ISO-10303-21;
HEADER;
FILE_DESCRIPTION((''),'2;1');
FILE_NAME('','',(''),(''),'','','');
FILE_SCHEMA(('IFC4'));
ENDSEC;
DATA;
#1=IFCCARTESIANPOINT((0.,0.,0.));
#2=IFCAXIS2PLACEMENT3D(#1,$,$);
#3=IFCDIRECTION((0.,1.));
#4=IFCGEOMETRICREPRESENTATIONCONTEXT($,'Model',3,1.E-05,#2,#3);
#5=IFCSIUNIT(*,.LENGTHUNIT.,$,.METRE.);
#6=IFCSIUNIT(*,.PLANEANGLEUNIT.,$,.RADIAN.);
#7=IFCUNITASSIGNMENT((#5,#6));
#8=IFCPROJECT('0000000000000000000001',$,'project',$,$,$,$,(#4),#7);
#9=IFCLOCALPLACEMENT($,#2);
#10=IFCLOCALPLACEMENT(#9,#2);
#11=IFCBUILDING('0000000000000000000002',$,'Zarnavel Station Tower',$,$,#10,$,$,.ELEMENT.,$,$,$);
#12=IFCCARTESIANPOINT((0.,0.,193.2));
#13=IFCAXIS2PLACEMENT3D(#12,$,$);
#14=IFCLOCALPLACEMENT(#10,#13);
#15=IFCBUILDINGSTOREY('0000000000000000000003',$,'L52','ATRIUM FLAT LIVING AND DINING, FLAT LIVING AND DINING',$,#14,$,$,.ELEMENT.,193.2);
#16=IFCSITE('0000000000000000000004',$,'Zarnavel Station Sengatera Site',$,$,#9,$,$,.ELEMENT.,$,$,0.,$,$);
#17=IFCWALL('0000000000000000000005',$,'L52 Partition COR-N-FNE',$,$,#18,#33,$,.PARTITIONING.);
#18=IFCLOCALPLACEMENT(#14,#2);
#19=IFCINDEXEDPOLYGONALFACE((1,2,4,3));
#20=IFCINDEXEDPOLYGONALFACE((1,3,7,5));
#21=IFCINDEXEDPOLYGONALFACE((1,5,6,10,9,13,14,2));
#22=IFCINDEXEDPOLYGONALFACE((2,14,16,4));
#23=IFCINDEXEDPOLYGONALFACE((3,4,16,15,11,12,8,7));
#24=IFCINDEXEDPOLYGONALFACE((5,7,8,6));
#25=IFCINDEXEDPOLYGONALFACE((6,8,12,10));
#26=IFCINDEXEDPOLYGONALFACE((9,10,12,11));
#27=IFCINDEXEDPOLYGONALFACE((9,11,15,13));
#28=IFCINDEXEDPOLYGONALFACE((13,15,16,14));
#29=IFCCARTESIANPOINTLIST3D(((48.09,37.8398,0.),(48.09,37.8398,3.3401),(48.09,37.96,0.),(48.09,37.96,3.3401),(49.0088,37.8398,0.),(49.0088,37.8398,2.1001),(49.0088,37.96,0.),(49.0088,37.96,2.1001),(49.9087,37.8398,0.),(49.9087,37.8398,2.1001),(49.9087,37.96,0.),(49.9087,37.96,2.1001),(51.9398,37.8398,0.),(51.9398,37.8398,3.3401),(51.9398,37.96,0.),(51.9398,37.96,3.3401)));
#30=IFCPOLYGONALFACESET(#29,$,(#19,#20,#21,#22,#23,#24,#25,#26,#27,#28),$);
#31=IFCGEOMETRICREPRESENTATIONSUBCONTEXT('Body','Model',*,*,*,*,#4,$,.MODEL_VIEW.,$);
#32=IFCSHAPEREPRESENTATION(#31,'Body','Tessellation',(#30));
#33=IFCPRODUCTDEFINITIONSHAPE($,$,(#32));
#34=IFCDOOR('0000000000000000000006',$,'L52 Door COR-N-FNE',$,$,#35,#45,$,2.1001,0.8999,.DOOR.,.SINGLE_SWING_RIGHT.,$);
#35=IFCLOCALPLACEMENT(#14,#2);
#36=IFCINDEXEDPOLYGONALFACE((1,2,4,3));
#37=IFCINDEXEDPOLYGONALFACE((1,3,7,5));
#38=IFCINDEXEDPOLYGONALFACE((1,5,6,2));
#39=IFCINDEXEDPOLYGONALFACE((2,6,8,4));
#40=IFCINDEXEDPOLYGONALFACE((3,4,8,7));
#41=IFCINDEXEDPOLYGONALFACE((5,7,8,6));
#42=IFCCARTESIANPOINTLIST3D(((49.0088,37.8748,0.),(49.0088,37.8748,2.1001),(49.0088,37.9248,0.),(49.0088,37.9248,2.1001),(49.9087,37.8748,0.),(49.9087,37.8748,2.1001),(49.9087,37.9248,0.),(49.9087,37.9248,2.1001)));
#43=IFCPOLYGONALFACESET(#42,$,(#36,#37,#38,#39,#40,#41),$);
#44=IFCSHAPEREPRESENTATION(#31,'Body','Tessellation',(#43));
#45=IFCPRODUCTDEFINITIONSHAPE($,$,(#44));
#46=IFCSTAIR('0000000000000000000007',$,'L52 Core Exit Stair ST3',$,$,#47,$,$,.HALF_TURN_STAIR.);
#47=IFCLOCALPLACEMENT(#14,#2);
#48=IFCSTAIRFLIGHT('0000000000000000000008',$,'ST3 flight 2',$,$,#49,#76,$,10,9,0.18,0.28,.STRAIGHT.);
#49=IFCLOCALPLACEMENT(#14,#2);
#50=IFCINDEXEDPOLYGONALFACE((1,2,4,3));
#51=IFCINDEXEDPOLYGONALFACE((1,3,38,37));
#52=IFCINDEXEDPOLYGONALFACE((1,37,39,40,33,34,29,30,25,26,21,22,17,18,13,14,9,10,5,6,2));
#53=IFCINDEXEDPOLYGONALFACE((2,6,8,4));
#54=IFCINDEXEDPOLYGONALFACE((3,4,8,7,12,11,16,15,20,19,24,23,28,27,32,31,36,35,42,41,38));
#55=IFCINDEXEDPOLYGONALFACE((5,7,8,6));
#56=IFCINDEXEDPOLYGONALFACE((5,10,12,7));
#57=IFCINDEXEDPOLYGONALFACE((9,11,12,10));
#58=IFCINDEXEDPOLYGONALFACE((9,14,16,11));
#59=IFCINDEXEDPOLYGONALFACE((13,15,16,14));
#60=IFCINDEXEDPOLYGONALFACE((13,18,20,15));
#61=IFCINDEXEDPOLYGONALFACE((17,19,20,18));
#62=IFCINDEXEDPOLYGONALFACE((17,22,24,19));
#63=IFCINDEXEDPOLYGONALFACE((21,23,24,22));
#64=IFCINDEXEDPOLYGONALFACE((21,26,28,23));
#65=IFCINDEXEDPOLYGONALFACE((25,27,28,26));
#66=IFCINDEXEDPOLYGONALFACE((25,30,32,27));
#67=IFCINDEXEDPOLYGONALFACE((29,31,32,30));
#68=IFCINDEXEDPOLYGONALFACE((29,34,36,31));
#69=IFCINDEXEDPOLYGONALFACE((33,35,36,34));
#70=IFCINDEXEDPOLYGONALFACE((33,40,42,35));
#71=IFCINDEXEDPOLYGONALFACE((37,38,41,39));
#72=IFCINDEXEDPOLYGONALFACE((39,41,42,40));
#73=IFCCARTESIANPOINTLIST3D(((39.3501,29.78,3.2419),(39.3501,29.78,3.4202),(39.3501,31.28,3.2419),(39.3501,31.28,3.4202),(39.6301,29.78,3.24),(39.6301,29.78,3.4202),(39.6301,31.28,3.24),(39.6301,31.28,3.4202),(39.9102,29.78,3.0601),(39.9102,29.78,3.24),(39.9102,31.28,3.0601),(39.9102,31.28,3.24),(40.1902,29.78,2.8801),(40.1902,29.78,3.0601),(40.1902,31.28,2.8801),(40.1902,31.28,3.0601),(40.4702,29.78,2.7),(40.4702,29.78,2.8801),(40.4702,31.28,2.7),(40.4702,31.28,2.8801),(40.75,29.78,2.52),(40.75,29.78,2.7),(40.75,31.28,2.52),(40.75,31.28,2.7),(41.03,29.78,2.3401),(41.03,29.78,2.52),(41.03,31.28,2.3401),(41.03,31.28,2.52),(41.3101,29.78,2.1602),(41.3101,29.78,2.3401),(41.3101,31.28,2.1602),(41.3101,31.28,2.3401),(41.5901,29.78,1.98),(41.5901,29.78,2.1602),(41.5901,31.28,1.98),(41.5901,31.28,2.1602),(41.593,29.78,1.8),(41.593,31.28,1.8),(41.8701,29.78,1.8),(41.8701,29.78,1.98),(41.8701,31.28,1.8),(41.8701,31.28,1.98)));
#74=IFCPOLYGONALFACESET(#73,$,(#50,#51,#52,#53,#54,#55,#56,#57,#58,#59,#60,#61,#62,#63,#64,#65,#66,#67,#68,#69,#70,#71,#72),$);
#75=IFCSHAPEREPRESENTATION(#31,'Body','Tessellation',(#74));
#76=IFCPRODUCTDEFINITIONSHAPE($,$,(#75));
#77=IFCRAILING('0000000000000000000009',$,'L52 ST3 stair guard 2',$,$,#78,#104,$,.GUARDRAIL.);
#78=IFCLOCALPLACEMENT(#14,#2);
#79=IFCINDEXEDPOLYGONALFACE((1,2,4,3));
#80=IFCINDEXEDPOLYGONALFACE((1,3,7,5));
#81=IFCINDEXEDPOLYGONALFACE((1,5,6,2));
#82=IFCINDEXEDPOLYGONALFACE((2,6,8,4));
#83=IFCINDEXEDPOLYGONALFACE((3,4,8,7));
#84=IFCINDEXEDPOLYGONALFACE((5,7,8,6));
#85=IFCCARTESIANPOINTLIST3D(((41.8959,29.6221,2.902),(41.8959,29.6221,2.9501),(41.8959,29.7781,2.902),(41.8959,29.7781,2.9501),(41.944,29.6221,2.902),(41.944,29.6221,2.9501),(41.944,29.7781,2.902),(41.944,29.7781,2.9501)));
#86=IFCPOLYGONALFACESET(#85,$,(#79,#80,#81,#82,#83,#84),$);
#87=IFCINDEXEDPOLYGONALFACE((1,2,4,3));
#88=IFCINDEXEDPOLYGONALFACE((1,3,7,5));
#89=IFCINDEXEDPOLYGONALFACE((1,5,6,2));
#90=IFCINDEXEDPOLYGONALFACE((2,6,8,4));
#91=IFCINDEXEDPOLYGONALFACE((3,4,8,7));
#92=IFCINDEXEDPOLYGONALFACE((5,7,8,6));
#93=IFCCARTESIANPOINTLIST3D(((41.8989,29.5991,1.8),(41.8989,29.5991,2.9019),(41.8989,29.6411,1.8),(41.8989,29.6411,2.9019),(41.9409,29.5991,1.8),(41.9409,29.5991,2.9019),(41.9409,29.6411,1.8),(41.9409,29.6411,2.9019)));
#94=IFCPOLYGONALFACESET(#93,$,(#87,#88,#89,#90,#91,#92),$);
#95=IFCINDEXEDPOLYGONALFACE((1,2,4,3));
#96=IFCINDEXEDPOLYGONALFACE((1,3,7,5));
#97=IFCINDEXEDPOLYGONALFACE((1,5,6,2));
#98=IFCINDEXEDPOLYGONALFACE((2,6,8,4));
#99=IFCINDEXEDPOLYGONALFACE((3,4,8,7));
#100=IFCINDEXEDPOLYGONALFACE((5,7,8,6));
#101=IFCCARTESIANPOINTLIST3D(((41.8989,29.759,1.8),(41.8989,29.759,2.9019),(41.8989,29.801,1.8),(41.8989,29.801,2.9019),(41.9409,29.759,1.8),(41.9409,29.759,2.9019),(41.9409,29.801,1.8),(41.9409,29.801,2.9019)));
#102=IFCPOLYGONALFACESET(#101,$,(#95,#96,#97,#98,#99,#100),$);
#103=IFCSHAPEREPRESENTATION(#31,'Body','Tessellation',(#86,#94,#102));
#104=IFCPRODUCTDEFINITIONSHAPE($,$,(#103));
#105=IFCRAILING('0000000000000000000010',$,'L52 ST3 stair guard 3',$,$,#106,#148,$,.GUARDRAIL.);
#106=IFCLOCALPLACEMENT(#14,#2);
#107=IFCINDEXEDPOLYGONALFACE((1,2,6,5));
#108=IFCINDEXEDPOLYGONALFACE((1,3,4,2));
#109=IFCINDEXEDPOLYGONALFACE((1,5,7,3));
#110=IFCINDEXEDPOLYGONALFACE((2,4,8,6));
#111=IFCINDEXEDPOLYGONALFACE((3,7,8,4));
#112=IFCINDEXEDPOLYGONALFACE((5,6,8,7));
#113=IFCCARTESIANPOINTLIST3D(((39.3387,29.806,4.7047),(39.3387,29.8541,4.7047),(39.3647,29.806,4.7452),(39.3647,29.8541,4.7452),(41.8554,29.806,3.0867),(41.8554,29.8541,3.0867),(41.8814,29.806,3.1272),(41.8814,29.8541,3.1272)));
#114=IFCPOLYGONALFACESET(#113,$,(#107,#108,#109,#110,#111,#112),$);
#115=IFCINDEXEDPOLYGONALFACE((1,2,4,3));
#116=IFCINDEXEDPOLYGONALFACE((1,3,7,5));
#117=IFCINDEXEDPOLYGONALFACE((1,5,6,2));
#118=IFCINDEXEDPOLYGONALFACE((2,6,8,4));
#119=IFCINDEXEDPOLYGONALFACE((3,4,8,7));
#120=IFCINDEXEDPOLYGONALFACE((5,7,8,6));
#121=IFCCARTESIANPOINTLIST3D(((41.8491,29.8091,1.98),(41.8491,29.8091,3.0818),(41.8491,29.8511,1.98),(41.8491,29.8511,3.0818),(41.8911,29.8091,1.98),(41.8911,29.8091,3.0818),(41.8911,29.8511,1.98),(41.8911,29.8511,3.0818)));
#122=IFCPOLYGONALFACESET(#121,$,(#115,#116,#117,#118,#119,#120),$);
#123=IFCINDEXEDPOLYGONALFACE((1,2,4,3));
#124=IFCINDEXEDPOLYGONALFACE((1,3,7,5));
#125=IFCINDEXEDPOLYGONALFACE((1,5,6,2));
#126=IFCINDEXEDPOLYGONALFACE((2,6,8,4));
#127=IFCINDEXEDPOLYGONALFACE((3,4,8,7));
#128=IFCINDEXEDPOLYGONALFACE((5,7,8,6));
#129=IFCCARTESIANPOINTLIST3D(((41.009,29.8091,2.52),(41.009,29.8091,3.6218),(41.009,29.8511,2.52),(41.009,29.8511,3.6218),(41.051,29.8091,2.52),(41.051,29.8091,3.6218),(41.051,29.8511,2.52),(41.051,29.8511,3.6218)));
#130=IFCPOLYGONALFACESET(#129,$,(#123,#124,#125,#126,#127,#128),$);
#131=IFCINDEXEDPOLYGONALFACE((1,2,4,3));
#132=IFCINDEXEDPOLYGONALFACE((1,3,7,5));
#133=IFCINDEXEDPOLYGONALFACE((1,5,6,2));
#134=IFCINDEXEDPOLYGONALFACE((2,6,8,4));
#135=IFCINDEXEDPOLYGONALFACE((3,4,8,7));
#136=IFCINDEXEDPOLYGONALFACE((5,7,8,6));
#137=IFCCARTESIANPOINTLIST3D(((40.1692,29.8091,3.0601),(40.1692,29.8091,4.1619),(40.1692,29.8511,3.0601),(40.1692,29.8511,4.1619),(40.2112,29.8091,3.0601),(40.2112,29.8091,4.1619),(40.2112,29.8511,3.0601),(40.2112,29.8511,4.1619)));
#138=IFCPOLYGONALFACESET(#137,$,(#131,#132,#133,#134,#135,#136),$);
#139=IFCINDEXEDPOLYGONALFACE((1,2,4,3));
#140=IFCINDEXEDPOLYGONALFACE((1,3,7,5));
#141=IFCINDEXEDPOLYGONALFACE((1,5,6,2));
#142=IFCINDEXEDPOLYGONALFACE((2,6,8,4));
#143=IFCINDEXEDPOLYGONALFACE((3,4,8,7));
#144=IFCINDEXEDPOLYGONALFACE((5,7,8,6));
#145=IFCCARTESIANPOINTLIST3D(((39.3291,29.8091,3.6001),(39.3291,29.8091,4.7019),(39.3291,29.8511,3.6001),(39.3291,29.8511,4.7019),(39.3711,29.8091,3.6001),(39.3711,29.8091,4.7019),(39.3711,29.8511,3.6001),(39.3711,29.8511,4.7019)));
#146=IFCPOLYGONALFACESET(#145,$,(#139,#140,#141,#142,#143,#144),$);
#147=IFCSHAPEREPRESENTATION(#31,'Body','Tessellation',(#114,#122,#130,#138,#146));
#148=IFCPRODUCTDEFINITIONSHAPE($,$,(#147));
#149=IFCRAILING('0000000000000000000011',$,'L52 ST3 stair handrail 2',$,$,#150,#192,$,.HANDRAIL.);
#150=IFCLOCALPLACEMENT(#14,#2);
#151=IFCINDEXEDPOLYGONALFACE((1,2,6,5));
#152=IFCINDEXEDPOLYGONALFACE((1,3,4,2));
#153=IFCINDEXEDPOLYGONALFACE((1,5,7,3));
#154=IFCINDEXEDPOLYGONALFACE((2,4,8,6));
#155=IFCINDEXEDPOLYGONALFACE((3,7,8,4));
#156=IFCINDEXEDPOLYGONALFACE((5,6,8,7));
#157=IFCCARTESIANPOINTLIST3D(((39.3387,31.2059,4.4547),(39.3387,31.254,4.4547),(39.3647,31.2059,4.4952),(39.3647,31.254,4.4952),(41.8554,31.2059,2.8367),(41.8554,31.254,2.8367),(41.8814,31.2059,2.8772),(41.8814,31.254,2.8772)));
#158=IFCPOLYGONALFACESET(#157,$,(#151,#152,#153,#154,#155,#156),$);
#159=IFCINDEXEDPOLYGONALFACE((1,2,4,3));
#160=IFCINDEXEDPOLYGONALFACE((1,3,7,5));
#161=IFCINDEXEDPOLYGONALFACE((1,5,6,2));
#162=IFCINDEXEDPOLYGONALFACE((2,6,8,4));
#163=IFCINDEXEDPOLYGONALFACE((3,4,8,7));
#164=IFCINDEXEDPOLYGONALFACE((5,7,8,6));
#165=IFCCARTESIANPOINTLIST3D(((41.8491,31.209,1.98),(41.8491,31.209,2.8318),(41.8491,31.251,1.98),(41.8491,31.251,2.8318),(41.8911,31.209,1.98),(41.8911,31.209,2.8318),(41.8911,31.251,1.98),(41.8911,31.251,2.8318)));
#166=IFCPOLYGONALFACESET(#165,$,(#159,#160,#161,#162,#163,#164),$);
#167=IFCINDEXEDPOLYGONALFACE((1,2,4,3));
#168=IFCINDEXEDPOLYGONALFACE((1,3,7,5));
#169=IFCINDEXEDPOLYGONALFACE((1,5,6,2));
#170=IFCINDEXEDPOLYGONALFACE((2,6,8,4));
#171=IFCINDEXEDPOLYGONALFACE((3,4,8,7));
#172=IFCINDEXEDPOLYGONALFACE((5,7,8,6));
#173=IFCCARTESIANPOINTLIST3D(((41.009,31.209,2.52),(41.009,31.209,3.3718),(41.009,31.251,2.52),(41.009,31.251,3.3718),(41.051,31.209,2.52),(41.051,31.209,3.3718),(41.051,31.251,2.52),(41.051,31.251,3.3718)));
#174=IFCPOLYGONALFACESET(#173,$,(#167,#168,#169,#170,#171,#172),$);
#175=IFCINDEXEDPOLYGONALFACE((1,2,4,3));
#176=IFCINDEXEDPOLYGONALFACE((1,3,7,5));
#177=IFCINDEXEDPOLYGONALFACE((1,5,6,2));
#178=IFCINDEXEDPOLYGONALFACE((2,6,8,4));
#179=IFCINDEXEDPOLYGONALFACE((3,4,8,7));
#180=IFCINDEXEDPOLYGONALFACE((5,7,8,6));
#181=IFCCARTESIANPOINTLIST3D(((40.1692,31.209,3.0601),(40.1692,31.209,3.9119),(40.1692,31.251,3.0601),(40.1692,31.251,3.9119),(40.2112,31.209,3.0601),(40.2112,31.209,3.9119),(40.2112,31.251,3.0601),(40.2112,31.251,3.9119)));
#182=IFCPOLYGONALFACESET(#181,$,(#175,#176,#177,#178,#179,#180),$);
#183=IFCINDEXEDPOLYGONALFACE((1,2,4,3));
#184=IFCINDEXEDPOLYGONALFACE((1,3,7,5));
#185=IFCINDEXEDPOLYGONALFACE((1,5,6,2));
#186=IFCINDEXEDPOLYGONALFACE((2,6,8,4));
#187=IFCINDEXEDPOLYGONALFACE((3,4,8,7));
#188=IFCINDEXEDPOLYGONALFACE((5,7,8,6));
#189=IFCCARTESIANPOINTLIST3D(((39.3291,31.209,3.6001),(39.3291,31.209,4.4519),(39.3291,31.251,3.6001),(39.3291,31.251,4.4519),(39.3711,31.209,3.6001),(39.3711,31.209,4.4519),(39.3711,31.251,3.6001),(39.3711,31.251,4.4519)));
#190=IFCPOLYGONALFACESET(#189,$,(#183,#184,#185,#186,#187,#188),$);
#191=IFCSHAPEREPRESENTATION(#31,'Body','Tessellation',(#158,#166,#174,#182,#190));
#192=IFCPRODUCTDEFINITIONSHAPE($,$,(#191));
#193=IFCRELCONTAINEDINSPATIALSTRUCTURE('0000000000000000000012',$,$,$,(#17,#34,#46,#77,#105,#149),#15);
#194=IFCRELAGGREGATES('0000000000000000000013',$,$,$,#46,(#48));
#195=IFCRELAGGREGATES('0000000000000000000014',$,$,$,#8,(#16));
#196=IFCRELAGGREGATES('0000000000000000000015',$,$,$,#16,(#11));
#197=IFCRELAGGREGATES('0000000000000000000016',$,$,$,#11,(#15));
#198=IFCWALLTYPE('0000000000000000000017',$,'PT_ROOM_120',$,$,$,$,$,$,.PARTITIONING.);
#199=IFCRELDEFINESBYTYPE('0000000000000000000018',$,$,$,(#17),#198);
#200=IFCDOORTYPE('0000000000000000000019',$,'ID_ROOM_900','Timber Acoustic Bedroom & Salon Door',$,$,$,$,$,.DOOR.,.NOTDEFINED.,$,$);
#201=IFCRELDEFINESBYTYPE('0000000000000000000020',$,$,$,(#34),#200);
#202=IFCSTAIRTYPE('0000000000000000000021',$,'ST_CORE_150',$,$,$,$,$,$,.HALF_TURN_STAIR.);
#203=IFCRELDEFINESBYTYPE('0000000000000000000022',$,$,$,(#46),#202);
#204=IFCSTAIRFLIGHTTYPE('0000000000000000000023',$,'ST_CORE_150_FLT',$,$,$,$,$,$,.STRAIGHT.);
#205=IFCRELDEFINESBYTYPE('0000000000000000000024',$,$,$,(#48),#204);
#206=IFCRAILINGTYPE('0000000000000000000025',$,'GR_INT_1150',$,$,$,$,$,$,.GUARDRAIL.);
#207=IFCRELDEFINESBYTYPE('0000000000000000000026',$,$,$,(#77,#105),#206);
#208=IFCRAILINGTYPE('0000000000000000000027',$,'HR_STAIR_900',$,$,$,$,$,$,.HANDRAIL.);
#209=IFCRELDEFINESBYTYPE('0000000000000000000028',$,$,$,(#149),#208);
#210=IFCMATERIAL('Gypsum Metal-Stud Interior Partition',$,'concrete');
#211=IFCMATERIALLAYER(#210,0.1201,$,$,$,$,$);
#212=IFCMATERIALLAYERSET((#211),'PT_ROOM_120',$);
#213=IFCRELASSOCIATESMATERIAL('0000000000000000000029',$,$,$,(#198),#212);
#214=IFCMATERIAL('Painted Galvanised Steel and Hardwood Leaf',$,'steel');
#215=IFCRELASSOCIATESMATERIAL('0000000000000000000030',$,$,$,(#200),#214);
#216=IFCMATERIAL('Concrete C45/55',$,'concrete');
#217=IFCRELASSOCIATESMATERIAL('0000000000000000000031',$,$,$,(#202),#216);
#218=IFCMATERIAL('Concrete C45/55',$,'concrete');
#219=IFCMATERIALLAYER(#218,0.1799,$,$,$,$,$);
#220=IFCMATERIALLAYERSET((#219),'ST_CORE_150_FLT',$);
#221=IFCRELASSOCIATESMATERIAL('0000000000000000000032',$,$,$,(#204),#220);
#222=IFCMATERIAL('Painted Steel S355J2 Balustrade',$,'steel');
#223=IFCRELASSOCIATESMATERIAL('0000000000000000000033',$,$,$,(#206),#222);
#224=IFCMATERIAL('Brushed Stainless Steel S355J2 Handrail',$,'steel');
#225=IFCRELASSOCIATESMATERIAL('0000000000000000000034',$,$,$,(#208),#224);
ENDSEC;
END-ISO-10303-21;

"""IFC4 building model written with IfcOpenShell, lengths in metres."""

from ifc_helpers import new_model, si_unit, direction, frame, frame_2d, origin, origin_2d, place, context, subcontext, project, spatial, polyline, rectangle, outline, extrude, material, layer, layer_set, type_object, element, fill, aggregate, save


model = new_model("IFC4")

# Units and contexts
model_context = context("Model", 3, precision=1e-05, world=origin(), true_north=direction((0.0, 1.0)))
body_context = subcontext(model_context, "Body", "Model", "MODEL_VIEW")
ifc_project = project(units=[si_unit("LENGTHUNIT", "METRE"), si_unit("PLANEANGLEUNIT", "RADIAN")], contexts=[model_context])

# Site, building, storey
site_placement = place(None, origin())
site = spatial("IfcSite", under=ifc_project, at=site_placement, Name="Zarnavel Station Sengatera Site", CompositionType="ELEMENT", RefElevation=0.0)
building_placement = place(site_placement, origin())
building = spatial("IfcBuilding", under=site, at=building_placement, Name="Zarnavel Station Tower", CompositionType="ELEMENT")
storey_placement = place(building_placement, frame((0.0, 0.0, 193.2)))
storey = spatial("IfcBuildingStorey", under=building, at=storey_placement, Name="L52", Description="ATRIUM FLAT LIVING AND DINING, FLAT LIVING AND DINING", CompositionType="ELEMENT", Elevation=193.2)

# Wall, opening, door
ifc_material_1 = material(Name="Gypsum Metal-Stud Interior Partition", Category="concrete")
ifc_layer_1 = layer(ifc_material_1, 0.1201)
ifc_layer_set_1 = layer_set([ifc_layer_1], Name="PT_ROOM_120")
wall_type_1 = type_object("IfcWallType", Name="PT_ROOM_120", PredefinedType="PARTITIONING", material=ifc_layer_set_1)
wall_1_placement = place(storey_placement, frame((48.0901, 37.8999, 0.0), z_axis=(0.0, 0.0, 1.0), x_axis=(1.0, 0.0, 0.0)))
wall_1 = element("IfcWall", 1, at=wall_1_placement, inside=storey, type_object=wall_type_1, Name="L52 Partition COR-N-FNE", PredefinedType="PARTITIONING", context=body_context, shape_type="SweptSolid", body=[
    extrude(rectangle(XDim=3.8499, YDim=0.1201, at=frame_2d((1.9248, 0.0))), origin(), (0.0, 0.0, 1.0), 3.3401),
])
opening_1_placement = place(wall_1_placement, frame((0.9187, 0.0, 0.0)))
opening_1 = element("IfcOpeningElement", 2, at=opening_1_placement, cuts=wall_1, PredefinedType="OPENING", context=body_context, shape_type="SweptSolid", body=[
    extrude(rectangle(XDim=0.8999, YDim=2.1001, at=frame_2d((0.45, 1.05))), frame((0.0, 0.0701, 0.0), z_axis=(0.0, -1.0, 0.0), x_axis=(1.0, 0.0, 0.0)), (0.0, 0.0, 1.0), 0.1401),
])
ifc_material_2 = material(Name="Painted Galvanised Steel and Hardwood Leaf", Category="steel")
door_type_1 = type_object("IfcDoorType", Name="ID_ROOM_900", Description="Timber Acoustic Bedroom & Salon Door", OperationType="NOTDEFINED", PredefinedType="DOOR", material=ifc_material_2)
door_1_placement = place(opening_1_placement, origin())
door_1 = element("IfcDoor", 3, at=door_1_placement, inside=storey, type_object=door_type_1, Name="L52 Door COR-N-FNE", OperationType="SINGLE_SWING_RIGHT", OverallHeight=2.1001, OverallWidth=0.8999, PredefinedType="DOOR", context=body_context, shape_type="SweptSolid", body=[
    extrude(rectangle(XDim=0.8999, YDim=2.1001, at=frame_2d((0.45, 1.05))), frame((0.0, 0.0249, 0.0), z_axis=(0.0, -1.0, 0.0), x_axis=(1.0, 0.0, 0.0)), (0.0, 0.0, 1.0), 0.05),
])
fill(opening_1, door_1)

# Stair, stair flight
ifc_material_3 = material(Name="Concrete C45/55", Category="concrete")
stair_type = type_object("IfcStairType", Name="ST_CORE_150", PredefinedType="HALF_TURN_STAIR", material=ifc_material_3)
stair_placement = place(storey_placement, origin())
stair = element("IfcStair", 4, at=stair_placement, inside=storey, type_object=stair_type, Name="L52 Core Exit Stair ST3", PredefinedType="HALF_TURN_STAIR")
ifc_material_4 = material(Name="Concrete C45/55", Category="concrete")
ifc_layer_2 = layer(ifc_material_4, 0.1799)
ifc_layer_set_2 = layer_set([ifc_layer_2], Name="ST_CORE_150_FLT")
stair_flight_type = type_object("IfcStairFlightType", Name="ST_CORE_150_FLT", PredefinedType="STRAIGHT", material=ifc_layer_set_2)
stair_flight_placement = place(storey_placement, frame((41.8701, 30.53, 1.8), z_axis=(0.0, 0.0, 1.0), x_axis=(-1.0, 0.0, 0.0)))
stair_flight = element("IfcStairFlight", 5, at=stair_flight_placement, type_object=stair_flight_type, Name="ST3 flight 2", NumberOfRisers=10, NumberOfTreads=9, PredefinedType="STRAIGHT", RiserHeight=0.18, TreadLength=0.28, context=body_context, shape_type="SweptSolid", body=[
    extrude(outline(polyline([(0.0, 0.0), (0.0, 0.1799), (0.28, 0.1799), (0.28, 0.3601), (0.5601, 0.3601), (0.5601, 0.54), (0.8401, 0.54), (0.8401, 0.72), (1.1201, 0.72), (1.1201, 0.8999), (1.3999, 0.8999), (1.3999, 1.0801), (1.6799, 1.0801), (1.6799, 1.26), (1.96, 1.26), (1.96, 1.4399), (2.24, 1.4399), (2.24, 1.6201), (2.52, 1.6201), (2.52, 1.8), (2.52, 1.4419), (0.2771, 0.0), (0.0, 0.0)])), frame((0.0, 0.75, 0.0), z_axis=(0.0, -1.0, 0.0), x_axis=(1.0, 0.0, 0.0)), (0.0, 0.0, 1.0), 1.5),
])
aggregate(stair, [stair_flight])

# Railings
ifc_material_5 = material(Name="Painted Steel S355J2 Balustrade", Category="steel")
railing_type_1 = type_object("IfcRailingType", Name="GR_INT_1150", PredefinedType="GUARDRAIL", material=ifc_material_5)
railing_1_placement = place(storey_placement, frame((41.9199, 29.6201, 1.8)))
element("IfcRailing", 6, at=railing_1_placement, inside=storey, type_object=railing_type_1, Name="L52 ST3 stair guard 2", PredefinedType="GUARDRAIL", context=body_context, shape_type="SweptSolid", body=[
    extrude(rectangle(XDim=0.0481, YDim=0.0481, at=origin_2d()), frame((0.0, 0.002, 1.126), z_axis=(0.0, 1.0, 0.0), x_axis=(-1.0, 0.0, 0.0)), (0.0, 0.0, 1.0), 0.156),
    extrude(rectangle(XDim=0.042, YDim=0.042, at=origin_2d()), origin(), (0.0, 0.0, 1.0), 1.1018),
    extrude(rectangle(XDim=0.042, YDim=0.042, at=origin_2d()), frame((0.0, 0.1599, 0.0)), (0.0, 0.0, 1.0), 1.1018),
])
railing_2_placement = place(storey_placement, frame((41.8701, 29.8301, 1.98)))
element("IfcRailing", 7, at=railing_2_placement, inside=storey, type_object=railing_type_1, Name="L52 ST3 stair guard 3", PredefinedType="GUARDRAIL", context=body_context, shape_type="SweptSolid", body=[
    extrude(rectangle(XDim=0.0481, YDim=0.0481, at=origin_2d()), frame((-0.0017, 0.0, 1.127), z_axis=(-0.841163, 0.0, 0.540782), x_axis=(0.0, -1.0, 0.0)), (0.0, 0.0, 1.0), 2.9919),
    extrude(rectangle(XDim=0.042, YDim=0.042, at=origin_2d()), origin(), (0.0, 0.0, 1.0), 1.1018),
    extrude(rectangle(XDim=0.042, YDim=0.042, at=origin_2d()), frame((-0.8401, 0.0, 0.54)), (0.0, 0.0, 1.0), 1.1018),
    extrude(rectangle(XDim=0.042, YDim=0.042, at=origin_2d()), frame((-1.6799, 0.0, 1.0801)), (0.0, 0.0, 1.0), 1.1018),
    extrude(rectangle(XDim=0.042, YDim=0.042, at=origin_2d()), frame((-2.52, 0.0, 1.6201)), (0.0, 0.0, 1.0), 1.1018),
])
ifc_material_6 = material(Name="Brushed Stainless Steel S355J2 Handrail", Category="steel")
railing_type_2 = type_object("IfcRailingType", Name="HR_STAIR_900", PredefinedType="HANDRAIL", material=ifc_material_6)
railing_3_placement = place(storey_placement, frame((41.8701, 31.23, 1.98)))
element("IfcRailing", 8, at=railing_3_placement, inside=storey, type_object=railing_type_2, Name="L52 ST3 stair handrail 2", PredefinedType="HANDRAIL", context=body_context, shape_type="SweptSolid", body=[
    extrude(rectangle(XDim=0.0481, YDim=0.0481, at=origin_2d()), frame((-0.0017, 0.0, 0.877), z_axis=(-0.841163, 0.0, 0.540782), x_axis=(0.0, -1.0, 0.0)), (0.0, 0.0, 1.0), 2.9919),
    extrude(rectangle(XDim=0.042, YDim=0.042, at=origin_2d()), origin(), (0.0, 0.0, 1.0), 0.8518),
    extrude(rectangle(XDim=0.042, YDim=0.042, at=origin_2d()), frame((-0.8401, 0.0, 0.54)), (0.0, 0.0, 1.0), 0.8518),
    extrude(rectangle(XDim=0.042, YDim=0.042, at=origin_2d()), frame((-1.6799, 0.0, 1.0801)), (0.0, 0.0, 1.0), 0.8518),
    extrude(rectangle(XDim=0.042, YDim=0.042, at=origin_2d()), frame((-2.52, 0.0, 1.6201)), (0.0, 0.0, 1.0), 0.8518),
])

save(model, "model.ifc")
